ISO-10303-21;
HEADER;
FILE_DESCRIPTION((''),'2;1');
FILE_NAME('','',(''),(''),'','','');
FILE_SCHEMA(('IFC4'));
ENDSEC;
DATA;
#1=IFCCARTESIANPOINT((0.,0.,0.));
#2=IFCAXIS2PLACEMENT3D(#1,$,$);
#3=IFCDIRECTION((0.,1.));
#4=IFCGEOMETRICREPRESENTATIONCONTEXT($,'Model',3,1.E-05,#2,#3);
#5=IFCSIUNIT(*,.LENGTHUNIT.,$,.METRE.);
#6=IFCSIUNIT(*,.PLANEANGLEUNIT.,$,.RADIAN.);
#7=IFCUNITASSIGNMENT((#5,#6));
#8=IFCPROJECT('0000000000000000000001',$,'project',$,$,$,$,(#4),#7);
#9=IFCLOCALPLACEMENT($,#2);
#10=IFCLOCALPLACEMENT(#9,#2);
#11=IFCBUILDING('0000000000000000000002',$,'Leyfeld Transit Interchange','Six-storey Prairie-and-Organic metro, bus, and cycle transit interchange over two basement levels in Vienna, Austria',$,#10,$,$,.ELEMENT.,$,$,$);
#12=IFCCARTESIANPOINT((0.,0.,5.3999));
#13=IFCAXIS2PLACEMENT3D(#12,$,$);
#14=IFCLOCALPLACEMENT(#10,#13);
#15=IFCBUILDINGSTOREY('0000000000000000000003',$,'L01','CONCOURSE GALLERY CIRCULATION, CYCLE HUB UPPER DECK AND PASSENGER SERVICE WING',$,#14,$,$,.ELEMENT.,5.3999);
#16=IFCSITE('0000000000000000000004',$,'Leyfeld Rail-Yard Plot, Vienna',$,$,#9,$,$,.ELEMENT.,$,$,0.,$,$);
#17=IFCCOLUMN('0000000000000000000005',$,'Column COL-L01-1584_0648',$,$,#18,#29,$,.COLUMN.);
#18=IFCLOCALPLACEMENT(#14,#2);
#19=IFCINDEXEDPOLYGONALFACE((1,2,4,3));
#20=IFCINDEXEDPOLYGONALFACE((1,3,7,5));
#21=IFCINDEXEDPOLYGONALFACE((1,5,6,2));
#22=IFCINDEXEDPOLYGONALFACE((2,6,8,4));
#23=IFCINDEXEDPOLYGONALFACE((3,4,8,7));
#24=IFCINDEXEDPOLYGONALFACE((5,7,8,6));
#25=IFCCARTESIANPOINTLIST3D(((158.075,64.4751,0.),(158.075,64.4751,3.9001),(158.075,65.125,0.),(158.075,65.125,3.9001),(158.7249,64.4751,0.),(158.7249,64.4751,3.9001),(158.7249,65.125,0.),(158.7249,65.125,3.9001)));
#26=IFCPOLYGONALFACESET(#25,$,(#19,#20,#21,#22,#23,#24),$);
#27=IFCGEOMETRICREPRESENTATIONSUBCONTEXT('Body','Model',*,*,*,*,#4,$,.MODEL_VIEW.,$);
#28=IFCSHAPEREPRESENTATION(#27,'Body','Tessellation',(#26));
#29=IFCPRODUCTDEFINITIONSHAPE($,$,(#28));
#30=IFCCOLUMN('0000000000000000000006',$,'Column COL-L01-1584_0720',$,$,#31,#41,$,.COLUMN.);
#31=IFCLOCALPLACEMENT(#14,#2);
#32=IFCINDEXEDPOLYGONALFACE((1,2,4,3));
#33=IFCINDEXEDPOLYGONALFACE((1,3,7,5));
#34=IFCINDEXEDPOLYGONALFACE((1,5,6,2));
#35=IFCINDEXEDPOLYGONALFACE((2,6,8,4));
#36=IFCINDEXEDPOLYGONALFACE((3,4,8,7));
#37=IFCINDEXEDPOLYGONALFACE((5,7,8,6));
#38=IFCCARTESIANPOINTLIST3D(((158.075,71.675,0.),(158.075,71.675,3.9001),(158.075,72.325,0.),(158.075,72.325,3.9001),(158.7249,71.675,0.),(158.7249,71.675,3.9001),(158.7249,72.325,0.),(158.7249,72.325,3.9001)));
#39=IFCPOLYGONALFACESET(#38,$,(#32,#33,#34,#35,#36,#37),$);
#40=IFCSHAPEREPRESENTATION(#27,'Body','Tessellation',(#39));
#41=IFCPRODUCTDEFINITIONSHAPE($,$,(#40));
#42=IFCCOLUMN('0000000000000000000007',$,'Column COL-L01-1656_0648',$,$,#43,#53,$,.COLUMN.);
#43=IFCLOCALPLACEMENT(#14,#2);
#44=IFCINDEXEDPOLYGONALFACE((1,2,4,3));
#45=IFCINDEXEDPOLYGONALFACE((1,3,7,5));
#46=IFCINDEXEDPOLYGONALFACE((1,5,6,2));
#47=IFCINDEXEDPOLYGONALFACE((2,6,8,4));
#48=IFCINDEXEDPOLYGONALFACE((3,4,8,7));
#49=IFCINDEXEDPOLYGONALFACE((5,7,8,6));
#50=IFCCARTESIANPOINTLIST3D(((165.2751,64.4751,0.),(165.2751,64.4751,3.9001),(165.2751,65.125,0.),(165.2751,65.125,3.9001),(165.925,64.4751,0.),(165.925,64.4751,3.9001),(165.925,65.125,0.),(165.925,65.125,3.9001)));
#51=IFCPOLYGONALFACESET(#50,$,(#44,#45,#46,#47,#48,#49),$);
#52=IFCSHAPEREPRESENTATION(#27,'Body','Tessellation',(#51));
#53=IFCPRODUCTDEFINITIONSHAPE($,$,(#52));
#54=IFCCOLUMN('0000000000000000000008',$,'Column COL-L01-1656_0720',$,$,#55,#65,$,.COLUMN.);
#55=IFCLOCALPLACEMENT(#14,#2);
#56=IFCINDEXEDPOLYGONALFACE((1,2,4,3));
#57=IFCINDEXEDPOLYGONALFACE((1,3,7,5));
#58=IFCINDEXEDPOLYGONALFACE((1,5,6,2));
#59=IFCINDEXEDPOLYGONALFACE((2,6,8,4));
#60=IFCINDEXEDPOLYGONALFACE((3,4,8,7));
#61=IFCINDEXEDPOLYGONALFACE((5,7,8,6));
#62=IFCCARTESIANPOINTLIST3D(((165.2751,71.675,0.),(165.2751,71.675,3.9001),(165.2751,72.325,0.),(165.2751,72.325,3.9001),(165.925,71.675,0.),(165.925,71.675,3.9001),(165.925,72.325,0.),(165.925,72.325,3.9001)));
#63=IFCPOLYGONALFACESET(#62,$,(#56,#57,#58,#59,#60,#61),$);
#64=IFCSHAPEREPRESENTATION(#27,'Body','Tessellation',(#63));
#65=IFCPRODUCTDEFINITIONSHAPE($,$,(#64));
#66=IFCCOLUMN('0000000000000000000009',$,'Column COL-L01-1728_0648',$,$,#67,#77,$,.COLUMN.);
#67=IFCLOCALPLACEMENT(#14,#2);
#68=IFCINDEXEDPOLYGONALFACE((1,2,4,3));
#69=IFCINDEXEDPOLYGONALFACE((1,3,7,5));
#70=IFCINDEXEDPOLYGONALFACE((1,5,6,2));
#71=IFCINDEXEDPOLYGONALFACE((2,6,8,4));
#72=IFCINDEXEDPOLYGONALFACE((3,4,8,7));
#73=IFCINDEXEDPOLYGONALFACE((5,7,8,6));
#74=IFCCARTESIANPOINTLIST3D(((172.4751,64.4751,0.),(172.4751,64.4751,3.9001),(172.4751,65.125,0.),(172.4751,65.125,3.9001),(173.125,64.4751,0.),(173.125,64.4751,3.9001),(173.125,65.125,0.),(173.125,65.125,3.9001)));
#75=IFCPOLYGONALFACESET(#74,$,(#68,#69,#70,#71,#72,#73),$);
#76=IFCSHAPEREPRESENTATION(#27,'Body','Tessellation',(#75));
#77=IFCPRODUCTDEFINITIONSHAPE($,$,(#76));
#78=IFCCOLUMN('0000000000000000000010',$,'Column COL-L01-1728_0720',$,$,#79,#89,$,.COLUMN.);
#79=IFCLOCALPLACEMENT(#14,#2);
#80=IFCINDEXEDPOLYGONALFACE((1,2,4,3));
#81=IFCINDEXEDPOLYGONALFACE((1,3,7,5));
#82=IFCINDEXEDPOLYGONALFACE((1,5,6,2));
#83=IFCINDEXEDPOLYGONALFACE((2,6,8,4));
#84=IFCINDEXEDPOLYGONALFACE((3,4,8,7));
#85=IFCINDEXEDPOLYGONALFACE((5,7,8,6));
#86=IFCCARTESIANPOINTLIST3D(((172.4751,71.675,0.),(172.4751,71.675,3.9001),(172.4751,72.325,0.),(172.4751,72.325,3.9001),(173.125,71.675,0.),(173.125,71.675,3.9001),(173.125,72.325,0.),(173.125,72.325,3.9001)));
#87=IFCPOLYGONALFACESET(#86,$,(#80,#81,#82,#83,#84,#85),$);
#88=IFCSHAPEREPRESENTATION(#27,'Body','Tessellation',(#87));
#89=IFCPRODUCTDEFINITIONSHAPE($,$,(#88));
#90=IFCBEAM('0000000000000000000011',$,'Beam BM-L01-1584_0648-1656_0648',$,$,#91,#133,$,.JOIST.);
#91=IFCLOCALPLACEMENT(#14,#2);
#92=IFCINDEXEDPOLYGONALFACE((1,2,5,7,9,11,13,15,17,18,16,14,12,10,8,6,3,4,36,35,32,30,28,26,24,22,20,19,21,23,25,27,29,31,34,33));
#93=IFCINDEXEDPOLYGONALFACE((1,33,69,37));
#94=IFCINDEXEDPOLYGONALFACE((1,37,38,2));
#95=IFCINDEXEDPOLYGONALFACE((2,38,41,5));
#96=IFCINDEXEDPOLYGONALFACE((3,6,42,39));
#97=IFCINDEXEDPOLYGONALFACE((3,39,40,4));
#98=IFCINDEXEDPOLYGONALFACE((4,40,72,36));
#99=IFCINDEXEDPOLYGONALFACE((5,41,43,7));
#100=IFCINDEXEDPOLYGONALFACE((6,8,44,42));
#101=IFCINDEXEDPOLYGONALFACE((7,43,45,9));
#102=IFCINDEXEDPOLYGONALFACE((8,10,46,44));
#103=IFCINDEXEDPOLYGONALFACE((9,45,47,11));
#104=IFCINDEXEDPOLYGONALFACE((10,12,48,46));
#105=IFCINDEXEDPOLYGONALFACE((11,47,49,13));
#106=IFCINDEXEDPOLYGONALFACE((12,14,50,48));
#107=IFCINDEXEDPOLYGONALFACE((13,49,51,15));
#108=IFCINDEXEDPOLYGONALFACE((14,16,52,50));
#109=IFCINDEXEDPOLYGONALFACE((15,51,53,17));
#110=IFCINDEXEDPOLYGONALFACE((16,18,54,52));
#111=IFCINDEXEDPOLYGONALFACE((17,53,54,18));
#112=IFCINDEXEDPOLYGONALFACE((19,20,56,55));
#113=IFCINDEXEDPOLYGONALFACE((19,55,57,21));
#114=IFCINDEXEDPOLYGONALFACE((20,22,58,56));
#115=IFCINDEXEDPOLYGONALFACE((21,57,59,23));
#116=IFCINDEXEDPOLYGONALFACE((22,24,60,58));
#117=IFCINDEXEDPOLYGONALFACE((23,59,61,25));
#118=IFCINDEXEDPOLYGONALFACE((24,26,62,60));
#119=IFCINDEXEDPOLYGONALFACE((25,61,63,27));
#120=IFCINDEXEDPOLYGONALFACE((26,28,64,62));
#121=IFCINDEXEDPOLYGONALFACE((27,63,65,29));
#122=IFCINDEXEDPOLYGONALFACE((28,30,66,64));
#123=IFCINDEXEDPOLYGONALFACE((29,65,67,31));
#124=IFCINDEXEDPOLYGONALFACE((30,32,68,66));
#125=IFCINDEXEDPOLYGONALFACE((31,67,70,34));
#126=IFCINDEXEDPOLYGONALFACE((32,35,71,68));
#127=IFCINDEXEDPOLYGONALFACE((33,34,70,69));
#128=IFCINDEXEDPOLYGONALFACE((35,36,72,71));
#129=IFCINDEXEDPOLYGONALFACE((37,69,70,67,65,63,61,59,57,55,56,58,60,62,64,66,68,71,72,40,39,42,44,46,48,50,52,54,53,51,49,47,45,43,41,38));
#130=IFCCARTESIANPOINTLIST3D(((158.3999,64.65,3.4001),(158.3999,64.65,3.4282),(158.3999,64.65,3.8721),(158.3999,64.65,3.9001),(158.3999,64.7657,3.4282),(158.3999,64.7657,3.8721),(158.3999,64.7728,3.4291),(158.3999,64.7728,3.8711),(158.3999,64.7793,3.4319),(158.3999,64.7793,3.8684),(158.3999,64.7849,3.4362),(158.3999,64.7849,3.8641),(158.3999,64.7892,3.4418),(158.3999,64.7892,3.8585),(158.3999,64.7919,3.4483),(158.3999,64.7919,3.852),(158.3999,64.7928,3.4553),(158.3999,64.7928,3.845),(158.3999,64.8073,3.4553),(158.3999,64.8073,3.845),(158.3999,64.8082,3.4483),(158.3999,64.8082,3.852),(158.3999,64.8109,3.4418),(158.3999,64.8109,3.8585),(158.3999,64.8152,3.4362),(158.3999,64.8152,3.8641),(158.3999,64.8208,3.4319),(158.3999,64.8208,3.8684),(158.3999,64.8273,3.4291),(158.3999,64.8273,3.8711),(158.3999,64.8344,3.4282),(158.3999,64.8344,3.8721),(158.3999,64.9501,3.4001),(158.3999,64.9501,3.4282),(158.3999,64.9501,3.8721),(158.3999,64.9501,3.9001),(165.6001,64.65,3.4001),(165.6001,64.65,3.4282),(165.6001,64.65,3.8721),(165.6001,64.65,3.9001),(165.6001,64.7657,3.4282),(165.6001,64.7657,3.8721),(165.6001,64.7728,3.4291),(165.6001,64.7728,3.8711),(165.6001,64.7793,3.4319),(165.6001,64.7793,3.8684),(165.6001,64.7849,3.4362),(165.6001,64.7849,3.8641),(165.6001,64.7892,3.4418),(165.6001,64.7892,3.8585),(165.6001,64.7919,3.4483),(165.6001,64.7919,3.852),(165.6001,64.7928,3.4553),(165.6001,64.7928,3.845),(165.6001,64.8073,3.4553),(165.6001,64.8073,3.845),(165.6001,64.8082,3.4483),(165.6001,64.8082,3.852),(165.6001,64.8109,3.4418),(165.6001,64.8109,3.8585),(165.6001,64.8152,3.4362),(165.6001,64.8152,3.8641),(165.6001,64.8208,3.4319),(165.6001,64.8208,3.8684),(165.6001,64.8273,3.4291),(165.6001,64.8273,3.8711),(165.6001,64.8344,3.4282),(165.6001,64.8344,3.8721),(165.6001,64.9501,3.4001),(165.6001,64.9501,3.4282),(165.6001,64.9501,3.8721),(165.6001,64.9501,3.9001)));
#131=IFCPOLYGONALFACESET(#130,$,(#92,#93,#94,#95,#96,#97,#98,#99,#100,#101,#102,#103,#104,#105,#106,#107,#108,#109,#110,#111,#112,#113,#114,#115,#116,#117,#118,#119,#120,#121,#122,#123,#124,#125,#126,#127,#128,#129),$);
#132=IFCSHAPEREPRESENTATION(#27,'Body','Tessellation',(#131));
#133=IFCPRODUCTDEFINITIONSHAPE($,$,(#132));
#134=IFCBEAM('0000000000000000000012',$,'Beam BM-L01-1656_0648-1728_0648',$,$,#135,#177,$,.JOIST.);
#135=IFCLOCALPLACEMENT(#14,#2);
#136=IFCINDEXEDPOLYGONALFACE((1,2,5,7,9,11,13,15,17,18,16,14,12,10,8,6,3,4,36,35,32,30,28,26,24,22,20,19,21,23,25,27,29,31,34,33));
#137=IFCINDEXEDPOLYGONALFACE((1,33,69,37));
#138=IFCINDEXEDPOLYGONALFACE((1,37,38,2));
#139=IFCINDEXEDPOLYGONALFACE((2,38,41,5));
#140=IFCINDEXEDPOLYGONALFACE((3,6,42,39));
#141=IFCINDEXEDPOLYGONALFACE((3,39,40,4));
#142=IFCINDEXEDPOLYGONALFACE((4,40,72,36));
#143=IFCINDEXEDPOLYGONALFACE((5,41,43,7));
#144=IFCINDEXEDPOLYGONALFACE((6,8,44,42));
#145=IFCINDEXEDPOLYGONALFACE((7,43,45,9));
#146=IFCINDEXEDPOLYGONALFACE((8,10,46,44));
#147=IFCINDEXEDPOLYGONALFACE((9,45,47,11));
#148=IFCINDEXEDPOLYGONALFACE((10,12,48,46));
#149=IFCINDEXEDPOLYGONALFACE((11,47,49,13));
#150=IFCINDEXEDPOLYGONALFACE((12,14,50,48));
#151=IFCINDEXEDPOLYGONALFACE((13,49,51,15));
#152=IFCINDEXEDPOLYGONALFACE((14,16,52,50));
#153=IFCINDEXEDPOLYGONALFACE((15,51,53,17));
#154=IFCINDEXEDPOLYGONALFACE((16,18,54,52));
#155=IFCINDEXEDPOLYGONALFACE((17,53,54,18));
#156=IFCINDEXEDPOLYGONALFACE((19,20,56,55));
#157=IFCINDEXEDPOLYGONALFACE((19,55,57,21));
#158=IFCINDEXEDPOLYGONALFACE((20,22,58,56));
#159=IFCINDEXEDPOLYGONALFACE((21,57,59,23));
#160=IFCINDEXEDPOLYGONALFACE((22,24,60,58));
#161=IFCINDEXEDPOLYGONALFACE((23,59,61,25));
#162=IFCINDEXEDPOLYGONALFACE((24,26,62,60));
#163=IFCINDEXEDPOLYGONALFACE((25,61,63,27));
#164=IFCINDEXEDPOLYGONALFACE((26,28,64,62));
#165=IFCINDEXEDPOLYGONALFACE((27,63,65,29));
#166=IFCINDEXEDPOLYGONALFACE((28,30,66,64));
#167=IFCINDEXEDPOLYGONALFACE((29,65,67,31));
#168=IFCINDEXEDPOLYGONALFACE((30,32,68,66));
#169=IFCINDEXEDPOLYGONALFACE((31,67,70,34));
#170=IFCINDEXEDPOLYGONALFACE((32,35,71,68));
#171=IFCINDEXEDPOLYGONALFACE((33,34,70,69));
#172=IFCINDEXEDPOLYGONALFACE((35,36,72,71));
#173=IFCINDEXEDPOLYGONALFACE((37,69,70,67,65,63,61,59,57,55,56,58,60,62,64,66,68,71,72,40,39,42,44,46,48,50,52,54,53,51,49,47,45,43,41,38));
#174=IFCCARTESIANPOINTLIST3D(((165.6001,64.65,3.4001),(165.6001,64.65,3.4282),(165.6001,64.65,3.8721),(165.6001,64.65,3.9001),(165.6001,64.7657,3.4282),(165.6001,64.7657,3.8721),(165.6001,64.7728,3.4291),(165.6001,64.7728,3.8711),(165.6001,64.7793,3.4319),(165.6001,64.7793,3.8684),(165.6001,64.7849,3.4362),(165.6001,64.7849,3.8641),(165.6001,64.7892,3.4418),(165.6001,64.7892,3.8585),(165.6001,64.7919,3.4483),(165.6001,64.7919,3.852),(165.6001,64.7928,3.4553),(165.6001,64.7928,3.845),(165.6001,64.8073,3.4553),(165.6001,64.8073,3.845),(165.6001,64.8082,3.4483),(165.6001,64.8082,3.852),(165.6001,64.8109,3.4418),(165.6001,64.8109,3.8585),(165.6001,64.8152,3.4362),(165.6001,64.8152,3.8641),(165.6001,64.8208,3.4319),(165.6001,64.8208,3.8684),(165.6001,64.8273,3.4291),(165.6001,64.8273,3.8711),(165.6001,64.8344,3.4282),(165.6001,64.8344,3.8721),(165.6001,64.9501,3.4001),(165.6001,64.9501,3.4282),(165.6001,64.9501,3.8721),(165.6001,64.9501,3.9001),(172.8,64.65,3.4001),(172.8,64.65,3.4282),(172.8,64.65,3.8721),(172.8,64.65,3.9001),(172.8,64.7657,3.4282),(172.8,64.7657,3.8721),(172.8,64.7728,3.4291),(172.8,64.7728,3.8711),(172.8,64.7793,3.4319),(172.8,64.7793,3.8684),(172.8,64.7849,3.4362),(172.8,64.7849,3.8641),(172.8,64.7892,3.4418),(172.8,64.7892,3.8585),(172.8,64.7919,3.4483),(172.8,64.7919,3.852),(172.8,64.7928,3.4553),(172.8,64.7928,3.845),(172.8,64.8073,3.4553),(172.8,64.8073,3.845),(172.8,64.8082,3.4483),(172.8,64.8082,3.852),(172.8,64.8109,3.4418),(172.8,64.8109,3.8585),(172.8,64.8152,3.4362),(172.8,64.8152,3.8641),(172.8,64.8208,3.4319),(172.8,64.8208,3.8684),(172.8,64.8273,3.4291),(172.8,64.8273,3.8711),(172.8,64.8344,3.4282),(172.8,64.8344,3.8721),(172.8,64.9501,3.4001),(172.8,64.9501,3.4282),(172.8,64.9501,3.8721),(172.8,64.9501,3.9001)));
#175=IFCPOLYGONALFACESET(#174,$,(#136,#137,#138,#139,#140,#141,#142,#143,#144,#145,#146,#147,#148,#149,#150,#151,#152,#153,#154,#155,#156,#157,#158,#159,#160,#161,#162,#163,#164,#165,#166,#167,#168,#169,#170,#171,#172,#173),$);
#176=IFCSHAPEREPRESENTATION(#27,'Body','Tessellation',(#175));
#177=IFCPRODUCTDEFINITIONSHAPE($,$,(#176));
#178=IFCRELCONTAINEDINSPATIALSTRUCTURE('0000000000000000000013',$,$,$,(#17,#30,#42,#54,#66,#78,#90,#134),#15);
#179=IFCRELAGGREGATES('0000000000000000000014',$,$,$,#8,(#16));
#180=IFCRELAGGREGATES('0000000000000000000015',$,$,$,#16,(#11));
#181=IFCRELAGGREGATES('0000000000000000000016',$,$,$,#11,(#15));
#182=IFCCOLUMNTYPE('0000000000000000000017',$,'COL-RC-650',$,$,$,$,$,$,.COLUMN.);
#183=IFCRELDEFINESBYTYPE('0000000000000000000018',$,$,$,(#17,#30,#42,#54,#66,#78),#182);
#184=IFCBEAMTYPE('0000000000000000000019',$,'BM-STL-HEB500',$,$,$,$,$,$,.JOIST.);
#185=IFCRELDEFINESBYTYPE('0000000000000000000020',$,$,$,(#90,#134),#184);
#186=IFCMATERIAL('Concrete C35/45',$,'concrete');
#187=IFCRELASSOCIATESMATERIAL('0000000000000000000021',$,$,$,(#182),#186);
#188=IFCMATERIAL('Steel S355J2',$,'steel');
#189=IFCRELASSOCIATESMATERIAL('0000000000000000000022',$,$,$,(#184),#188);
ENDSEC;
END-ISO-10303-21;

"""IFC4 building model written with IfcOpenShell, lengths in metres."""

from ifc_helpers import new_model, si_unit, direction, frame, origin, origin_2d, place, context, subcontext, project, spatial, rectangle, i_section, extrude, material, material_profile, profile_set, type_object, element, save


model = new_model("IFC4")

# Units and contexts
model_context = context("Model", 3, precision=1e-05, world=origin(), true_north=direction((0.0, 1.0)))
body_context = subcontext(model_context, "Body", "Model", "MODEL_VIEW")
ifc_project = project(units=[si_unit("LENGTHUNIT", "METRE"), si_unit("PLANEANGLEUNIT", "RADIAN")], contexts=[model_context])

# Site, building, storey
site_placement = place(None, origin())
site = spatial("IfcSite", under=ifc_project, at=site_placement, Name="Leyfeld Rail-Yard Plot, Vienna", CompositionType="ELEMENT", RefElevation=0.0)
building_placement = place(site_placement, origin())
building = spatial("IfcBuilding", under=site, at=building_placement, Name="Leyfeld Transit Interchange", Description="Six-storey Prairie-and-Organic metro, bus, and cycle transit interchange over two basement levels in Vienna, Austria", CompositionType="ELEMENT")
storey_placement = place(building_placement, frame((0.0, 0.0, 5.3999)))
storey = spatial("IfcBuildingStorey", under=building, at=storey_placement, Name="L01", Description="CONCOURSE GALLERY CIRCULATION, CYCLE HUB UPPER DECK AND PASSENGER SERVICE WING", CompositionType="ELEMENT", Elevation=5.3999)

# Columns
ifc_material_1 = material(Name="Concrete C35/45", Category="concrete")
ifc_material_profile_1 = material_profile(ifc_material_1, rectangle(XDim=0.6499, YDim=0.6499, at=origin_2d()), Name="RC 650x650")
ifc_profile_set_1 = profile_set([ifc_material_profile_1], Name="Concrete C35/45")
column_type = type_object("IfcColumnType", Name="COL-RC-650", PredefinedType="COLUMN", material=ifc_profile_set_1)
for number, where, z_axis, x_axis, name in (
    (1, (158.3999, 64.8, 0.0), (0.0, 0.0, 1.0), (1.0, 0.0, 0.0), "Column COL-L01-1584_0648"),
    (2, (158.3999, 72.0, 0.0), (0.0, 0.0, 1.0), (1.0, 0.0, 0.0), "Column COL-L01-1584_0720"),
    (3, (165.6001, 64.8, 0.0), (0.0, 0.0, 1.0), (1.0, 0.0, 0.0), "Column COL-L01-1656_0648"),
    (4, (165.6001, 72.0, 0.0), (0.0, 0.0, 1.0), (1.0, 0.0, 0.0), "Column COL-L01-1656_0720"),
    (5, (172.8, 64.8, 0.0), (0.0, 0.0, 1.0), (1.0, 0.0, 0.0), "Column COL-L01-1728_0648"),
    (6, (172.8, 72.0, 0.0), (0.0, 0.0, 1.0), (1.0, 0.0, 0.0), "Column COL-L01-1728_0720"),
):
    element("IfcColumn", number, at=place(storey_placement, frame(where, z_axis=z_axis, x_axis=x_axis)), inside=storey, type_object=column_type, Name=name, PredefinedType="COLUMN", context=body_context, shape_type="SweptSolid", body=[
        extrude(rectangle(XDim=0.6499, YDim=0.6499, at=origin_2d()), origin(), (0.0, 0.0, 1.0), 3.9001),
    ])

# Beams
ifc_material_2 = material(Name="Steel S355J2", Category="steel")
ifc_material_profile_2 = material_profile(ifc_material_2, i_section(OverallWidth=0.3, OverallDepth=0.5, WebThickness=0.0144, FlangeThickness=0.0281, FilletRadius=0.0271, at=origin_2d()), Name="HEB 500")
ifc_profile_set_2 = profile_set([ifc_material_profile_2], Name="Steel S355J2")
beam_type_1 = type_object("IfcBeamType", Name="BM-STL-HEB500", PredefinedType="JOIST", material=ifc_profile_set_2)
beam_1_placement = place(storey_placement, frame((158.3999, 64.8, 3.6501), z_axis=(1.0, 0.0, 0.0), x_axis=(0.0, 1.0, 0.0)))
element("IfcBeam", 7, at=beam_1_placement, inside=storey, type_object=beam_type_1, Name="Beam BM-L01-1584_0648-1656_0648", PredefinedType="JOIST", context=body_context, shape_type="SweptSolid", body=[
    extrude(i_section(OverallWidth=0.3, OverallDepth=0.5, WebThickness=0.0144, FlangeThickness=0.0281, FilletRadius=0.0271, at=origin_2d()), origin(), (0.0, 0.0, 1.0), 7.2002),
])
for number, where, z_axis, x_axis, name in (
    (8, (165.6001, 64.8, 3.6501), (1.0, 0.0, 0.0), (0.0, 1.0, 0.0), "Beam BM-L01-1656_0648-1728_0648"),
):
    element("IfcBeam", number, at=place(storey_placement, frame(where, z_axis=z_axis, x_axis=x_axis)), inside=storey, type_object=beam_type_1, Name=name, PredefinedType="JOIST", context=body_context, shape_type="SweptSolid", body=[
        extrude(i_section(OverallWidth=0.3, OverallDepth=0.5, WebThickness=0.0144, FlangeThickness=0.0281, FilletRadius=0.0271, at=origin_2d()), origin(), (0.0, 0.0, 1.0), 7.2),
    ])

save(model, "model.ifc")
